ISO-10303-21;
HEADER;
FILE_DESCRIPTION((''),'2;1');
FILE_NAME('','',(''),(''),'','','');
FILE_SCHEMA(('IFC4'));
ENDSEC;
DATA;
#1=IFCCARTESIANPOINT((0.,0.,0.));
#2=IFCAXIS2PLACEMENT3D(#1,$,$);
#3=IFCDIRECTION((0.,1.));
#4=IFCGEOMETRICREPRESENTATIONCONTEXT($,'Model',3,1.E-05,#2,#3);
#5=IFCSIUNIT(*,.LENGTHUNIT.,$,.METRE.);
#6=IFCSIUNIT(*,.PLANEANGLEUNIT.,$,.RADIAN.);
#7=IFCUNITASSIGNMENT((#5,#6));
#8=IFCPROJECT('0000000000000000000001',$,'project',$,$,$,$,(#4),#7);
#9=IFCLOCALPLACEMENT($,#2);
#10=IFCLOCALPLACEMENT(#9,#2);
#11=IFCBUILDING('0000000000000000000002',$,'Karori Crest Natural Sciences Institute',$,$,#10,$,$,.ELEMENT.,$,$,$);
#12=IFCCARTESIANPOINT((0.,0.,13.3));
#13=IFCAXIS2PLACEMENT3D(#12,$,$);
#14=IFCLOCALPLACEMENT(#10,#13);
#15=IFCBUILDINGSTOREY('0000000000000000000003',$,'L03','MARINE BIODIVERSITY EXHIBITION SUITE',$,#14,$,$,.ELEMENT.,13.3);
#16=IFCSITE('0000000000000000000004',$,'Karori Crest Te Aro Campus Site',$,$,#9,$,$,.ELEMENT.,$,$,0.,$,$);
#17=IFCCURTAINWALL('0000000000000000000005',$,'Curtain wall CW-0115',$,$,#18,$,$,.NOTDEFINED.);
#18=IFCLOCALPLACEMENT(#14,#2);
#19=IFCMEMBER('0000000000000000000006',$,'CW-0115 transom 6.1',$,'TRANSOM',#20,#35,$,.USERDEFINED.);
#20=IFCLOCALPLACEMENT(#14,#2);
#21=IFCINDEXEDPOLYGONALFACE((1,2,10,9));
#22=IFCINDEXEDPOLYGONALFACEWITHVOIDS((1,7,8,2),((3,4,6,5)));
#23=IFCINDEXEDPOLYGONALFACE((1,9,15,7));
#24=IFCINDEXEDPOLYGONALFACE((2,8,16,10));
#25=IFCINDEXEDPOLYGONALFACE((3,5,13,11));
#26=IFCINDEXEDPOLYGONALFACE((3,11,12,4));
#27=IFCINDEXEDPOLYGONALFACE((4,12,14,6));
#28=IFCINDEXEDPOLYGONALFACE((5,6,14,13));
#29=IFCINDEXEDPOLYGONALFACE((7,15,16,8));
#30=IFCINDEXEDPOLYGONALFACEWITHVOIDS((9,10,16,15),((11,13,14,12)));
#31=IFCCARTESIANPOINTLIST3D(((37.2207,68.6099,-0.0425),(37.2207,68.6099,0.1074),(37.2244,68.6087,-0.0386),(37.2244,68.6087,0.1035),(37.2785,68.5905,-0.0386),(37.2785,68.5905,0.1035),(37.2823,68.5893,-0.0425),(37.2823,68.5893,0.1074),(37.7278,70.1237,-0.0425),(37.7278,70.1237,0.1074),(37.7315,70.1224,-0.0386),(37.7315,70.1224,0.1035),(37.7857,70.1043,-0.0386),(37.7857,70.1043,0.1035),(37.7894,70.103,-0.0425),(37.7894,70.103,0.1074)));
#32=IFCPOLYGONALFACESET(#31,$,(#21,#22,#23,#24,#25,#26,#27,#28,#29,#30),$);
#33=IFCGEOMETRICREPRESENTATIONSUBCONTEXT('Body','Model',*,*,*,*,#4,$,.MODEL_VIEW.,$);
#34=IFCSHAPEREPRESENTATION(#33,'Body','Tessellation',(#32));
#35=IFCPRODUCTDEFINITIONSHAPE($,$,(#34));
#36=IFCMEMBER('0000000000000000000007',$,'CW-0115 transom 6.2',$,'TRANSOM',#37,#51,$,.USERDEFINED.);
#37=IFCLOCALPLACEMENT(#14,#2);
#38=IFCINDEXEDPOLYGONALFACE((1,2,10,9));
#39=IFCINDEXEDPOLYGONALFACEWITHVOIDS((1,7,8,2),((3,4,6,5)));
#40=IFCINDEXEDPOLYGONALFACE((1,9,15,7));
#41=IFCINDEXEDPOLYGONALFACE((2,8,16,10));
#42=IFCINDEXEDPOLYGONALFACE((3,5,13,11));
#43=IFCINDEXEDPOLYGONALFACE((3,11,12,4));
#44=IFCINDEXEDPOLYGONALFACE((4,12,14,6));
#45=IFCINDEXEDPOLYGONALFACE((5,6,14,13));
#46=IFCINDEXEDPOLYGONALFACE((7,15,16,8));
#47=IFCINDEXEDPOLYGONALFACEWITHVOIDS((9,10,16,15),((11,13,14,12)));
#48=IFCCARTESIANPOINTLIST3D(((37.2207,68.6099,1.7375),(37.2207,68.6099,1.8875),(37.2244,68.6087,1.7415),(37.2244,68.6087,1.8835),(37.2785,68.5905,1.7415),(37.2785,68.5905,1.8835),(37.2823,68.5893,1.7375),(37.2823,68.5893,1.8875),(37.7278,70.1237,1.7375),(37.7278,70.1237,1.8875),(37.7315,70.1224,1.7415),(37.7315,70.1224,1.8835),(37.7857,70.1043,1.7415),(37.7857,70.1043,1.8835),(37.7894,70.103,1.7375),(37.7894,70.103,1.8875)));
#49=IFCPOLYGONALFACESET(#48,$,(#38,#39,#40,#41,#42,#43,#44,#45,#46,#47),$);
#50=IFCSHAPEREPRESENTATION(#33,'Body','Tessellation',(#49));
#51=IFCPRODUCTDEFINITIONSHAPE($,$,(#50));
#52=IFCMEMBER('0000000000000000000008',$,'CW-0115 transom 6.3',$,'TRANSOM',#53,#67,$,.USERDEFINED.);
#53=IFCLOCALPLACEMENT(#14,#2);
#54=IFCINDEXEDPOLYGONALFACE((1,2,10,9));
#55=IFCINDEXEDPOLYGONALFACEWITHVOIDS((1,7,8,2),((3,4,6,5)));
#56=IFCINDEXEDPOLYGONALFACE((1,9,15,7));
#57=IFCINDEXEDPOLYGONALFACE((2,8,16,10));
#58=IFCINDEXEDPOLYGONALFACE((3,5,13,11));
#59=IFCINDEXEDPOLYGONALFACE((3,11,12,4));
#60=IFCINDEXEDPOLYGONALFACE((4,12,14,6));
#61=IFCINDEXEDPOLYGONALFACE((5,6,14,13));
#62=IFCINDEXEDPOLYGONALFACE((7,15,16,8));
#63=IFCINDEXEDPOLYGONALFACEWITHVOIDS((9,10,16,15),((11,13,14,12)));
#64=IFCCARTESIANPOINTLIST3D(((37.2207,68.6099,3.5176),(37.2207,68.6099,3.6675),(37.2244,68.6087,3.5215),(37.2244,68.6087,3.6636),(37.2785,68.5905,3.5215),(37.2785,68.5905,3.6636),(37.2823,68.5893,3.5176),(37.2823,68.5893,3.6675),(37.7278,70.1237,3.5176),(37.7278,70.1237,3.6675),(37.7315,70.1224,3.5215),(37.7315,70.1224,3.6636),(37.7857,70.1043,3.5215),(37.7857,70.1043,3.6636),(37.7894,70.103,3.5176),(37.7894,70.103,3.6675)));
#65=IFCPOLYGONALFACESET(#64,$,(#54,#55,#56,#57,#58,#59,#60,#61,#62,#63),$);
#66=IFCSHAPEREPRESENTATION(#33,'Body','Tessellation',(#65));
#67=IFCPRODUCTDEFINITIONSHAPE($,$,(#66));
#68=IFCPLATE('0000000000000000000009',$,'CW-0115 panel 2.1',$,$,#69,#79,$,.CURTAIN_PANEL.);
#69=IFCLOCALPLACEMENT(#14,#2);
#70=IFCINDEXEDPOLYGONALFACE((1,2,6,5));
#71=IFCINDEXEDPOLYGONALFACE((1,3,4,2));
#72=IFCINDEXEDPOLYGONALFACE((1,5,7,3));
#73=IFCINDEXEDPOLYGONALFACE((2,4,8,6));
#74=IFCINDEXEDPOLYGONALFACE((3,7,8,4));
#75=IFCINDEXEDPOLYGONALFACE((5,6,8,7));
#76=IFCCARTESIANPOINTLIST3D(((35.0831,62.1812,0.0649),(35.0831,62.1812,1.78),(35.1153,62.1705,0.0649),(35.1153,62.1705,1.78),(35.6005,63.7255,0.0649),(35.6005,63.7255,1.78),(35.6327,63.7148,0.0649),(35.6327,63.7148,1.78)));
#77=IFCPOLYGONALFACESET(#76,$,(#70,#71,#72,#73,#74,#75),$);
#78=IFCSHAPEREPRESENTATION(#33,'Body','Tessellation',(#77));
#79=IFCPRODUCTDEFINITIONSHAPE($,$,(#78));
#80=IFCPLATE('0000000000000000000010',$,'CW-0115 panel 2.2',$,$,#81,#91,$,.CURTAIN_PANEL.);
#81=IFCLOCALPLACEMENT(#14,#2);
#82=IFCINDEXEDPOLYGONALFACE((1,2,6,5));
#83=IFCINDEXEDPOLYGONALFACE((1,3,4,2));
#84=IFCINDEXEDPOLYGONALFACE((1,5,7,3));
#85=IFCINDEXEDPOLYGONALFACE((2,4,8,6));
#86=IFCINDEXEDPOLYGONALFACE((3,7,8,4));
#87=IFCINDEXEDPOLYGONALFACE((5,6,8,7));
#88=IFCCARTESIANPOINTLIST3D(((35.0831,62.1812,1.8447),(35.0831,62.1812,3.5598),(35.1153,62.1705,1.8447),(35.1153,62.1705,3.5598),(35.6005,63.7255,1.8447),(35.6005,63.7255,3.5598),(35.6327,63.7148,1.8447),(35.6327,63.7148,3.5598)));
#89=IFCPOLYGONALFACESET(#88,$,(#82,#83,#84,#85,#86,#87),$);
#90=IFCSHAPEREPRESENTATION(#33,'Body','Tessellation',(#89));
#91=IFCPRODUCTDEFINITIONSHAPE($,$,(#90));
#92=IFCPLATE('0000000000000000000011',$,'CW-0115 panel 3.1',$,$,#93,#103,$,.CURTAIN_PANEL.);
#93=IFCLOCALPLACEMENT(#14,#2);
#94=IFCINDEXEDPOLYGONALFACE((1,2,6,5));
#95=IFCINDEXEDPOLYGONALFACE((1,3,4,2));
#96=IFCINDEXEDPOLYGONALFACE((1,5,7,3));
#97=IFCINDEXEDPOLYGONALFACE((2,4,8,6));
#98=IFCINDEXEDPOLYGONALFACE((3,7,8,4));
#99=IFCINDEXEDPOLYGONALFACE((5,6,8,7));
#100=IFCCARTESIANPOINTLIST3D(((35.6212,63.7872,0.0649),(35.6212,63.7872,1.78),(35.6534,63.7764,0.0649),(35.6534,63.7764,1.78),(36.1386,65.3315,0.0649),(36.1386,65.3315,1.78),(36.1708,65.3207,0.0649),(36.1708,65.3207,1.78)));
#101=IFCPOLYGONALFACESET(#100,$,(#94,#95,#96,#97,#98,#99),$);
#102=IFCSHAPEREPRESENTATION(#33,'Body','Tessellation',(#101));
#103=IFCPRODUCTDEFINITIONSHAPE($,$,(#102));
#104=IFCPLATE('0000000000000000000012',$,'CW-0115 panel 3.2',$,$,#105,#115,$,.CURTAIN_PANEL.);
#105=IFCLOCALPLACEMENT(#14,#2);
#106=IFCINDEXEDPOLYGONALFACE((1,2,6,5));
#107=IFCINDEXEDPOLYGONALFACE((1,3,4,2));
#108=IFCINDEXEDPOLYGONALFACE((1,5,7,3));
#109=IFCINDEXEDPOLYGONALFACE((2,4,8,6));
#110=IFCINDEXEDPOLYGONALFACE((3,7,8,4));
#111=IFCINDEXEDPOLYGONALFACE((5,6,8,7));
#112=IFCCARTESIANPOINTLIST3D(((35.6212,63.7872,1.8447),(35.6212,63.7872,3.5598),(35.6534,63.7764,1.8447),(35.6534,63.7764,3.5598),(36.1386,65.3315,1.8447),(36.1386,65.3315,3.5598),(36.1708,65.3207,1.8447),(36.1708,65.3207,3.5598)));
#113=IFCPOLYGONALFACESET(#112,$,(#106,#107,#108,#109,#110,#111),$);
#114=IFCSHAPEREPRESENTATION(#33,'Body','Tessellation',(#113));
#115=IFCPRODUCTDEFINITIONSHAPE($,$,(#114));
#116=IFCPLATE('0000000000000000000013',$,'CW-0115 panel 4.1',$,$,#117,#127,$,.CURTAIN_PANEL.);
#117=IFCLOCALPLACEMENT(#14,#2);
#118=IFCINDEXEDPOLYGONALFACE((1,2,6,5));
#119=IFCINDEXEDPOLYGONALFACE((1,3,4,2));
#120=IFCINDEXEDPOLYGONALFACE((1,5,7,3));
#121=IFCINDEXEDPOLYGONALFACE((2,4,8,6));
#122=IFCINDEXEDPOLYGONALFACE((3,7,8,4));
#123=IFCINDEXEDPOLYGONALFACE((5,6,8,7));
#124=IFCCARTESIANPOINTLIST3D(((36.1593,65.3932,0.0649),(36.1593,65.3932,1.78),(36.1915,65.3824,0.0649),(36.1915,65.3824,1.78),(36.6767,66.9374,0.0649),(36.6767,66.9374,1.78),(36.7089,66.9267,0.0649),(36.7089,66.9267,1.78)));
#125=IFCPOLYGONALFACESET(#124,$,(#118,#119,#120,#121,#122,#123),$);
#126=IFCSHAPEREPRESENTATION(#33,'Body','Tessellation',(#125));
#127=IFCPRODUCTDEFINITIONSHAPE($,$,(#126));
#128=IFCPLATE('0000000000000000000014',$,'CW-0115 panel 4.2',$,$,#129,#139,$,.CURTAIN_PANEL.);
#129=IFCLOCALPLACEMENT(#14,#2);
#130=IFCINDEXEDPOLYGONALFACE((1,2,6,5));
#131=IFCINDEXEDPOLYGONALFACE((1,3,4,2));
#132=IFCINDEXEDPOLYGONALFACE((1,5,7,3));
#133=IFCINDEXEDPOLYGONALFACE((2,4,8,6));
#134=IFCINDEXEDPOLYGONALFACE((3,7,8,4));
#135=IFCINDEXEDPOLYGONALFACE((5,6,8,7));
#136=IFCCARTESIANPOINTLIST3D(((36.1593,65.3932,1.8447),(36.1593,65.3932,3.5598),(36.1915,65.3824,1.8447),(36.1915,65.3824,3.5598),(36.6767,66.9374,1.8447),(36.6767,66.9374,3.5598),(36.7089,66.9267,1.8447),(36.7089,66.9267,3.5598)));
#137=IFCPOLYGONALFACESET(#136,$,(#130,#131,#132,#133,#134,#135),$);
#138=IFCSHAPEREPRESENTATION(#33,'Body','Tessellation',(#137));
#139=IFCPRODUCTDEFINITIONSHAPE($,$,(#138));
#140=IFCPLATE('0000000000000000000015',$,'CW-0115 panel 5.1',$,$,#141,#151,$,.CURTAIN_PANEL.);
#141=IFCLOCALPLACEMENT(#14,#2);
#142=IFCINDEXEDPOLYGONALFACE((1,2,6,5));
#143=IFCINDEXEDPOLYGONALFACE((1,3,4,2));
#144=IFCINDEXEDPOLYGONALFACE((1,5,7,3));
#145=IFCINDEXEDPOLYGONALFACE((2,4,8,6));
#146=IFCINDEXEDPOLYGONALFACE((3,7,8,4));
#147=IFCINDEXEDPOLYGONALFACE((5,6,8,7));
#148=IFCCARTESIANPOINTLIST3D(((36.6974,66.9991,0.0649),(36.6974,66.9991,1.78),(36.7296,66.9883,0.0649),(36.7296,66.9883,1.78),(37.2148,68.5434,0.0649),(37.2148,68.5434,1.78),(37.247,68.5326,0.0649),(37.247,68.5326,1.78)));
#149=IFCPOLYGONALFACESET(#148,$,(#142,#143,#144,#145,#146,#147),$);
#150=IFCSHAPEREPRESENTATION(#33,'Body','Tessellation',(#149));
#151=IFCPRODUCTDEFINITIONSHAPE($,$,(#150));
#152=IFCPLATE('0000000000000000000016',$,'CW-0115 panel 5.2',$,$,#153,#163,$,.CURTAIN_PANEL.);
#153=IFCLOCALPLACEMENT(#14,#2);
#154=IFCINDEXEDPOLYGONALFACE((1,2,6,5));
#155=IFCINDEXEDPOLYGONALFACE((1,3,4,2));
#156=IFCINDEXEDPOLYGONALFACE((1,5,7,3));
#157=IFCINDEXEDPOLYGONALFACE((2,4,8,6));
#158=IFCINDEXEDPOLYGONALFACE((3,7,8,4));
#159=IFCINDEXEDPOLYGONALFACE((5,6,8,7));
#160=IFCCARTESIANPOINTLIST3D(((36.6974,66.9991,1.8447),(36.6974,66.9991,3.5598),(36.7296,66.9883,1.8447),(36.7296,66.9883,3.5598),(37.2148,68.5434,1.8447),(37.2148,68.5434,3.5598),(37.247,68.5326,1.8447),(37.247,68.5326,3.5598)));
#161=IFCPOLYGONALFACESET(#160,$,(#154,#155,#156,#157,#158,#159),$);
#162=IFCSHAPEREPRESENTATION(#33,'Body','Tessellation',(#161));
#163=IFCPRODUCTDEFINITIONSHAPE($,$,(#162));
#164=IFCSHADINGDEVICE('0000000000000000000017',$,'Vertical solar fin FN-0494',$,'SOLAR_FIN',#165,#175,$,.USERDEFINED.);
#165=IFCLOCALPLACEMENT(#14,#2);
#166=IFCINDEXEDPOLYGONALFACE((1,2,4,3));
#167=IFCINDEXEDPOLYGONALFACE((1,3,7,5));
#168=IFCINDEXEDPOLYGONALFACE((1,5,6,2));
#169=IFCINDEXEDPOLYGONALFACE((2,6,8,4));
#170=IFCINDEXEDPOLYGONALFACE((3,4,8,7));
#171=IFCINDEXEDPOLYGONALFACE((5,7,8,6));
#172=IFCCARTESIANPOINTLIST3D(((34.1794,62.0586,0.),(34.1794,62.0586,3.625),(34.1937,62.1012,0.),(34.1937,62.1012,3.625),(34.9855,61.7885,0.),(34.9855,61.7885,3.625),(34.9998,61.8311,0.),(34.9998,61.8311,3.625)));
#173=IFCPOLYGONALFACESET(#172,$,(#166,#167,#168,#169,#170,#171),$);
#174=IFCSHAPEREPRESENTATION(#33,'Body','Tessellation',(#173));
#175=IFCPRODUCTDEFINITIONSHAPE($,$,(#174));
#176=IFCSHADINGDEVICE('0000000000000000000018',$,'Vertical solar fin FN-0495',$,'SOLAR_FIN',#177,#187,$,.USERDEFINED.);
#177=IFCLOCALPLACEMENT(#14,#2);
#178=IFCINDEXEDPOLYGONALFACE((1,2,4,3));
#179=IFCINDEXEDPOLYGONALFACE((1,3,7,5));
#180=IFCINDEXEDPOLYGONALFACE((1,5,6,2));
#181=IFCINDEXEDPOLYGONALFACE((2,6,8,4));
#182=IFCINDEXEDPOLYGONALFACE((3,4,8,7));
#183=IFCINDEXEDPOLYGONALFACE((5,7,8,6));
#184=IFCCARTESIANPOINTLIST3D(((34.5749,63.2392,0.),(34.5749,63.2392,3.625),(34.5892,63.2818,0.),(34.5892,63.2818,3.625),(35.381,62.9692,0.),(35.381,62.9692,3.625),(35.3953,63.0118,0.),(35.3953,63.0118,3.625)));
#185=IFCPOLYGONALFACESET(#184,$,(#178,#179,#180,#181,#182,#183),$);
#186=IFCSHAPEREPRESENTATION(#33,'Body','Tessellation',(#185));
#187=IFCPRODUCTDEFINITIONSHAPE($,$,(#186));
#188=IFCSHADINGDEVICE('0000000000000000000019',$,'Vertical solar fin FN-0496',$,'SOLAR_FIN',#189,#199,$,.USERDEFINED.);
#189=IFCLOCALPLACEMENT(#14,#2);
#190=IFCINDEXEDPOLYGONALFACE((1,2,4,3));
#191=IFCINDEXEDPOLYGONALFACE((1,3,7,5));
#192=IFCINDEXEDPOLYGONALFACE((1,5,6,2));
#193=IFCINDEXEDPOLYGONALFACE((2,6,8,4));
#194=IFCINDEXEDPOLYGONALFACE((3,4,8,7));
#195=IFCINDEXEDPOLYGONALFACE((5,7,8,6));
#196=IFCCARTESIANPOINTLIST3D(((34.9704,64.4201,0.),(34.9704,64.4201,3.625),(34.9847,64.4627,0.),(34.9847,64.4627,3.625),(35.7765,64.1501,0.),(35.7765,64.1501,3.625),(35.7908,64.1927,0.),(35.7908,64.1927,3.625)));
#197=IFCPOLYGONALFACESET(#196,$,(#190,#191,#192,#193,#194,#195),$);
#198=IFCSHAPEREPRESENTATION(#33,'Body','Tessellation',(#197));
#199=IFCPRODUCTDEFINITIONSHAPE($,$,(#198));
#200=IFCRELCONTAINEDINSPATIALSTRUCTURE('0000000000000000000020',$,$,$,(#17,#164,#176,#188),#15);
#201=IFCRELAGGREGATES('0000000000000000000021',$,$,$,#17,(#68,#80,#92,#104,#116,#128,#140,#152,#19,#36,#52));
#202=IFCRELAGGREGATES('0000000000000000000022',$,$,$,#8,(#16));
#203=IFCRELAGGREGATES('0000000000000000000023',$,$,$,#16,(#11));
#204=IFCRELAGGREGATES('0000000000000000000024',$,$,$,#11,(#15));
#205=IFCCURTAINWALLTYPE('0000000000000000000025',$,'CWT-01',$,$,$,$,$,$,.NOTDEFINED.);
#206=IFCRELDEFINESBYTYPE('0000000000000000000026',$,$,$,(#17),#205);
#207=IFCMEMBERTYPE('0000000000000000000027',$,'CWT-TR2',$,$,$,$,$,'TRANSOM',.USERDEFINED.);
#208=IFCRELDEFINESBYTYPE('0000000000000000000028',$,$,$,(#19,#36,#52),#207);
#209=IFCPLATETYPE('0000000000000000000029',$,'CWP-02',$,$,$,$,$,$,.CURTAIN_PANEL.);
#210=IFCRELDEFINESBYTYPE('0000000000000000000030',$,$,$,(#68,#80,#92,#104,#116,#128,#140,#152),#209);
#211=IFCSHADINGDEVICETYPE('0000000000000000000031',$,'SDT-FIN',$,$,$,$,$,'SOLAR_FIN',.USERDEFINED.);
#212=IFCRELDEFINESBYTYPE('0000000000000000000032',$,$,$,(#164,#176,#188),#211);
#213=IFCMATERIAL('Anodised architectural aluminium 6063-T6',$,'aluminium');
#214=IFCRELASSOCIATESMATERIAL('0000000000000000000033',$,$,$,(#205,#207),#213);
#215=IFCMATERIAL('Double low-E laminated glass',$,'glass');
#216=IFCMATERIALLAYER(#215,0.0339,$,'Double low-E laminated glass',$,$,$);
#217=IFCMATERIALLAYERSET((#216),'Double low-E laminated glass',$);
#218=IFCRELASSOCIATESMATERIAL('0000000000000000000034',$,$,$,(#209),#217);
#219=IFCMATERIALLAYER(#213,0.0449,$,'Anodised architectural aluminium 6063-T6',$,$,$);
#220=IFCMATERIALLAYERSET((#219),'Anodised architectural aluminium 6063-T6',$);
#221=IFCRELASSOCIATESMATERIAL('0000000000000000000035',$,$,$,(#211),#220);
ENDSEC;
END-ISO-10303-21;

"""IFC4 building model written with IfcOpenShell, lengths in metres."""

from ifc_helpers import new_model, si_unit, direction, frame, origin, origin_2d, place, context, subcontext, project, spatial, rectangle, hollow_rectangle, extrude, material, layer, layer_set, material_profile, profile_set, type_object, element, aggregate, save


model = new_model("IFC4")

# Units and contexts
model_context = context("Model", 3, precision=1e-05, world=origin(), true_north=direction((0.0, 1.0)))
body_context = subcontext(model_context, "Body", "Model", "MODEL_VIEW")
ifc_project = project(units=[si_unit("LENGTHUNIT", "METRE"), si_unit("PLANEANGLEUNIT", "RADIAN")], contexts=[model_context])

# Site, building, storey
site_placement = place(None, origin())
site = spatial("IfcSite", under=ifc_project, at=site_placement, Name="Karori Crest Te Aro Campus Site", CompositionType="ELEMENT", RefElevation=0.0)
building_placement = place(site_placement, origin())
building = spatial("IfcBuilding", under=site, at=building_placement, Name="Karori Crest Natural Sciences Institute", CompositionType="ELEMENT")
storey_placement = place(building_placement, frame((0.0, 0.0, 13.3)))
storey = spatial("IfcBuildingStorey", under=building, at=storey_placement, Name="L03", Description="MARINE BIODIVERSITY EXHIBITION SUITE", CompositionType="ELEMENT", Elevation=13.3)

# Curtain wall, members, plates
ifc_material_1 = material(Name="Anodised architectural aluminium 6063-T6", Category="aluminium")
curtain_wall_type = type_object("IfcCurtainWallType", Name="CWT-01", PredefinedType="NOTDEFINED", material=ifc_material_1)
curtain_wall_placement = place(storey_placement, origin())
curtain_wall = element("IfcCurtainWall", 1, at=curtain_wall_placement, inside=storey, type_object=curtain_wall_type, Name="Curtain wall CW-0115", PredefinedType="NOTDEFINED")
ifc_material_profile_1 = material_profile(ifc_material_1, hollow_rectangle(XDim=0.0649, YDim=0.1499, WallThickness=0.0039, at=origin_2d()), Name="CWT150x65x4")
ifc_profile_set_1 = profile_set([ifc_material_profile_1], Name="Anodised architectural aluminium 6063-T6")
member_type_1 = type_object("IfcMemberType", Name="CWT-TR2", ElementType="TRANSOM", PredefinedType="USERDEFINED", material=ifc_profile_set_1)
member_1_placement = place(storey_placement, frame((37.2515, 68.5996, 0.0325), z_axis=(0.31765, 0.948208, 0.0), x_axis=(-0.948208, 0.31765, 0.0)))
member_1 = element("IfcMember", 2, at=member_1_placement, type_object=member_type_1, Name="CW-0115 transom 6.1", ObjectType="TRANSOM", PredefinedType="USERDEFINED", context=body_context, shape_type="SweptSolid", body=[
    extrude(hollow_rectangle(XDim=0.0649, YDim=0.1499, WallThickness=0.0039, at=origin_2d()), origin(), (0.0, 0.0, 1.0), 1.5964),
])
member_2_placement = place(storey_placement, frame((37.2515, 68.5996, 1.8125), z_axis=(0.31765, 0.948208, 0.0), x_axis=(-0.948208, 0.31765, 0.0)))
member_2 = element("IfcMember", 3, at=member_2_placement, type_object=member_type_1, Name="CW-0115 transom 6.2", ObjectType="TRANSOM", PredefinedType="USERDEFINED", context=body_context, shape_type="SweptSolid", body=[
    extrude(hollow_rectangle(XDim=0.0649, YDim=0.1499, WallThickness=0.0039, at=origin_2d()), origin(), (0.0, 0.0, 1.0), 1.5964),
])
member_3_placement = place(storey_placement, frame((37.2515, 68.5996, 3.5925), z_axis=(0.31765, 0.948208, 0.0), x_axis=(-0.948208, 0.31765, 0.0)))
member_3 = element("IfcMember", 4, at=member_3_placement, type_object=member_type_1, Name="CW-0115 transom 6.3", ObjectType="TRANSOM", PredefinedType="USERDEFINED", context=body_context, shape_type="SweptSolid", body=[
    extrude(hollow_rectangle(XDim=0.0649, YDim=0.1499, WallThickness=0.0039, at=origin_2d()), origin(), (0.0, 0.0, 1.0), 1.5964),
])
ifc_material_2 = material(Name="Double low-E laminated glass", Category="glass")
ifc_layer_1 = layer(ifc_material_2, 0.0339, Name="Double low-E laminated glass")
ifc_layer_set_1 = layer_set([ifc_layer_1], Name="Double low-E laminated glass")
plate_type = type_object("IfcPlateType", Name="CWP-02", PredefinedType="CURTAIN_PANEL", material=ifc_layer_set_1)
plate_1_placement = place(storey_placement, frame((35.3579, 62.948, 0.0649), z_axis=(0.0, 0.0, 1.0), x_axis=(0.31768, 0.948198, 0.0)))
plate_1 = element("IfcPlate", 5, at=plate_1_placement, type_object=plate_type, Name="CW-0115 panel 2.1", PredefinedType="CURTAIN_PANEL", context=body_context, shape_type="SweptSolid", body=[
    extrude(rectangle(XDim=1.6287, YDim=0.0339, at=origin_2d()), origin(), (0.0, 0.0, 1.0), 1.7151),
])
plate_2_placement = place(storey_placement, frame((35.3579, 62.948, 1.8447), z_axis=(0.0, 0.0, 1.0), x_axis=(0.31768, 0.948198, 0.0)))
plate_2 = element("IfcPlate", 6, at=plate_2_placement, type_object=plate_type, Name="CW-0115 panel 2.2", PredefinedType="CURTAIN_PANEL", context=body_context, shape_type="SweptSolid", body=[
    extrude(rectangle(XDim=1.6287, YDim=0.0339, at=origin_2d()), origin(), (0.0, 0.0, 1.0), 1.7151),
])
plate_3_placement = place(storey_placement, frame((35.896, 64.554, 0.0649), z_axis=(0.0, 0.0, 1.0), x_axis=(0.31768, 0.948198, 0.0)))
plate_3 = element("IfcPlate", 7, at=plate_3_placement, type_object=plate_type, Name="CW-0115 panel 3.1", PredefinedType="CURTAIN_PANEL", context=body_context, shape_type="SweptSolid", body=[
    extrude(rectangle(XDim=1.6287, YDim=0.0339, at=origin_2d()), origin(), (0.0, 0.0, 1.0), 1.7151),
])
plate_4_placement = place(storey_placement, frame((35.896, 64.554, 1.8447), z_axis=(0.0, 0.0, 1.0), x_axis=(0.31768, 0.948198, 0.0)))
plate_4 = element("IfcPlate", 8, at=plate_4_placement, type_object=plate_type, Name="CW-0115 panel 3.2", PredefinedType="CURTAIN_PANEL", context=body_context, shape_type="SweptSolid", body=[
    extrude(rectangle(XDim=1.6287, YDim=0.0339, at=origin_2d()), origin(), (0.0, 0.0, 1.0), 1.7151),
])
plate_5_placement = place(storey_placement, frame((36.4341, 66.1599, 0.0649), z_axis=(0.0, 0.0, 1.0), x_axis=(0.31768, 0.948198, 0.0)))
plate_5 = element("IfcPlate", 9, at=plate_5_placement, type_object=plate_type, Name="CW-0115 panel 4.1", PredefinedType="CURTAIN_PANEL", context=body_context, shape_type="SweptSolid", body=[
    extrude(rectangle(XDim=1.6287, YDim=0.0339, at=origin_2d()), origin(), (0.0, 0.0, 1.0), 1.7151),
])
plate_6_placement = place(storey_placement, frame((36.4341, 66.1599, 1.8447), z_axis=(0.0, 0.0, 1.0), x_axis=(0.31768, 0.948198, 0.0)))
plate_6 = element("IfcPlate", 10, at=plate_6_placement, type_object=plate_type, Name="CW-0115 panel 4.2", PredefinedType="CURTAIN_PANEL", context=body_context, shape_type="SweptSolid", body=[
    extrude(rectangle(XDim=1.6287, YDim=0.0339, at=origin_2d()), origin(), (0.0, 0.0, 1.0), 1.7151),
])
plate_7_placement = place(storey_placement, frame((36.9722, 67.7659, 0.0649), z_axis=(0.0, 0.0, 1.0), x_axis=(0.31768, 0.948198, 0.0)))
plate_7 = element("IfcPlate", 11, at=plate_7_placement, type_object=plate_type, Name="CW-0115 panel 5.1", PredefinedType="CURTAIN_PANEL", context=body_context, shape_type="SweptSolid", body=[
    extrude(rectangle(XDim=1.6287, YDim=0.0339, at=origin_2d()), origin(), (0.0, 0.0, 1.0), 1.7151),
])
plate_8_placement = place(storey_placement, frame((36.9722, 67.7659, 1.8447), z_axis=(0.0, 0.0, 1.0), x_axis=(0.31768, 0.948198, 0.0)))
plate_8 = element("IfcPlate", 12, at=plate_8_placement, type_object=plate_type, Name="CW-0115 panel 5.2", PredefinedType="CURTAIN_PANEL", context=body_context, shape_type="SweptSolid", body=[
    extrude(rectangle(XDim=1.6287, YDim=0.0339, at=origin_2d()), origin(), (0.0, 0.0, 1.0), 1.7151),
])
aggregate(curtain_wall, [plate_1, plate_2, plate_3, plate_4, plate_5, plate_6, plate_7, plate_8, member_1, member_2, member_3])

# Shading devices
ifc_layer_2 = layer(ifc_material_1, 0.0449, Name="Anodised architectural aluminium 6063-T6")
ifc_layer_set_2 = layer_set([ifc_layer_2], Name="Anodised architectural aluminium 6063-T6")
shading_device_type = type_object("IfcShadingDeviceType", Name="SDT-FIN", ElementType="SOLAR_FIN", PredefinedType="USERDEFINED", material=ifc_layer_set_2)
for number, where, z_axis, x_axis, name in (
    (13, (34.5896, 61.9448, 0.0), (0.0, 0.0, 1.0), (-0.948198, 0.31768, 0.0), "Vertical solar fin FN-0494"),
    (14, (34.9851, 63.1255, 0.0), (0.0, 0.0, 1.0), (-0.948198, 0.31768, 0.0), "Vertical solar fin FN-0495"),
    (15, (35.3806, 64.3064, 0.0), (0.0, 0.0, 1.0), (-0.948198, 0.31768, 0.0), "Vertical solar fin FN-0496"),
):
    element("IfcShadingDevice", number, at=place(storey_placement, frame(where, z_axis=z_axis, x_axis=x_axis)), inside=storey, type_object=shading_device_type, Name=name, ObjectType="SOLAR_FIN", PredefinedType="USERDEFINED", context=body_context, shape_type="SweptSolid", body=[
        extrude(rectangle(XDim=0.8501, YDim=0.0449, at=origin_2d()), origin(), (0.0, 0.0, 1.0), 3.625),
    ])

save(model, "model.ifc")
